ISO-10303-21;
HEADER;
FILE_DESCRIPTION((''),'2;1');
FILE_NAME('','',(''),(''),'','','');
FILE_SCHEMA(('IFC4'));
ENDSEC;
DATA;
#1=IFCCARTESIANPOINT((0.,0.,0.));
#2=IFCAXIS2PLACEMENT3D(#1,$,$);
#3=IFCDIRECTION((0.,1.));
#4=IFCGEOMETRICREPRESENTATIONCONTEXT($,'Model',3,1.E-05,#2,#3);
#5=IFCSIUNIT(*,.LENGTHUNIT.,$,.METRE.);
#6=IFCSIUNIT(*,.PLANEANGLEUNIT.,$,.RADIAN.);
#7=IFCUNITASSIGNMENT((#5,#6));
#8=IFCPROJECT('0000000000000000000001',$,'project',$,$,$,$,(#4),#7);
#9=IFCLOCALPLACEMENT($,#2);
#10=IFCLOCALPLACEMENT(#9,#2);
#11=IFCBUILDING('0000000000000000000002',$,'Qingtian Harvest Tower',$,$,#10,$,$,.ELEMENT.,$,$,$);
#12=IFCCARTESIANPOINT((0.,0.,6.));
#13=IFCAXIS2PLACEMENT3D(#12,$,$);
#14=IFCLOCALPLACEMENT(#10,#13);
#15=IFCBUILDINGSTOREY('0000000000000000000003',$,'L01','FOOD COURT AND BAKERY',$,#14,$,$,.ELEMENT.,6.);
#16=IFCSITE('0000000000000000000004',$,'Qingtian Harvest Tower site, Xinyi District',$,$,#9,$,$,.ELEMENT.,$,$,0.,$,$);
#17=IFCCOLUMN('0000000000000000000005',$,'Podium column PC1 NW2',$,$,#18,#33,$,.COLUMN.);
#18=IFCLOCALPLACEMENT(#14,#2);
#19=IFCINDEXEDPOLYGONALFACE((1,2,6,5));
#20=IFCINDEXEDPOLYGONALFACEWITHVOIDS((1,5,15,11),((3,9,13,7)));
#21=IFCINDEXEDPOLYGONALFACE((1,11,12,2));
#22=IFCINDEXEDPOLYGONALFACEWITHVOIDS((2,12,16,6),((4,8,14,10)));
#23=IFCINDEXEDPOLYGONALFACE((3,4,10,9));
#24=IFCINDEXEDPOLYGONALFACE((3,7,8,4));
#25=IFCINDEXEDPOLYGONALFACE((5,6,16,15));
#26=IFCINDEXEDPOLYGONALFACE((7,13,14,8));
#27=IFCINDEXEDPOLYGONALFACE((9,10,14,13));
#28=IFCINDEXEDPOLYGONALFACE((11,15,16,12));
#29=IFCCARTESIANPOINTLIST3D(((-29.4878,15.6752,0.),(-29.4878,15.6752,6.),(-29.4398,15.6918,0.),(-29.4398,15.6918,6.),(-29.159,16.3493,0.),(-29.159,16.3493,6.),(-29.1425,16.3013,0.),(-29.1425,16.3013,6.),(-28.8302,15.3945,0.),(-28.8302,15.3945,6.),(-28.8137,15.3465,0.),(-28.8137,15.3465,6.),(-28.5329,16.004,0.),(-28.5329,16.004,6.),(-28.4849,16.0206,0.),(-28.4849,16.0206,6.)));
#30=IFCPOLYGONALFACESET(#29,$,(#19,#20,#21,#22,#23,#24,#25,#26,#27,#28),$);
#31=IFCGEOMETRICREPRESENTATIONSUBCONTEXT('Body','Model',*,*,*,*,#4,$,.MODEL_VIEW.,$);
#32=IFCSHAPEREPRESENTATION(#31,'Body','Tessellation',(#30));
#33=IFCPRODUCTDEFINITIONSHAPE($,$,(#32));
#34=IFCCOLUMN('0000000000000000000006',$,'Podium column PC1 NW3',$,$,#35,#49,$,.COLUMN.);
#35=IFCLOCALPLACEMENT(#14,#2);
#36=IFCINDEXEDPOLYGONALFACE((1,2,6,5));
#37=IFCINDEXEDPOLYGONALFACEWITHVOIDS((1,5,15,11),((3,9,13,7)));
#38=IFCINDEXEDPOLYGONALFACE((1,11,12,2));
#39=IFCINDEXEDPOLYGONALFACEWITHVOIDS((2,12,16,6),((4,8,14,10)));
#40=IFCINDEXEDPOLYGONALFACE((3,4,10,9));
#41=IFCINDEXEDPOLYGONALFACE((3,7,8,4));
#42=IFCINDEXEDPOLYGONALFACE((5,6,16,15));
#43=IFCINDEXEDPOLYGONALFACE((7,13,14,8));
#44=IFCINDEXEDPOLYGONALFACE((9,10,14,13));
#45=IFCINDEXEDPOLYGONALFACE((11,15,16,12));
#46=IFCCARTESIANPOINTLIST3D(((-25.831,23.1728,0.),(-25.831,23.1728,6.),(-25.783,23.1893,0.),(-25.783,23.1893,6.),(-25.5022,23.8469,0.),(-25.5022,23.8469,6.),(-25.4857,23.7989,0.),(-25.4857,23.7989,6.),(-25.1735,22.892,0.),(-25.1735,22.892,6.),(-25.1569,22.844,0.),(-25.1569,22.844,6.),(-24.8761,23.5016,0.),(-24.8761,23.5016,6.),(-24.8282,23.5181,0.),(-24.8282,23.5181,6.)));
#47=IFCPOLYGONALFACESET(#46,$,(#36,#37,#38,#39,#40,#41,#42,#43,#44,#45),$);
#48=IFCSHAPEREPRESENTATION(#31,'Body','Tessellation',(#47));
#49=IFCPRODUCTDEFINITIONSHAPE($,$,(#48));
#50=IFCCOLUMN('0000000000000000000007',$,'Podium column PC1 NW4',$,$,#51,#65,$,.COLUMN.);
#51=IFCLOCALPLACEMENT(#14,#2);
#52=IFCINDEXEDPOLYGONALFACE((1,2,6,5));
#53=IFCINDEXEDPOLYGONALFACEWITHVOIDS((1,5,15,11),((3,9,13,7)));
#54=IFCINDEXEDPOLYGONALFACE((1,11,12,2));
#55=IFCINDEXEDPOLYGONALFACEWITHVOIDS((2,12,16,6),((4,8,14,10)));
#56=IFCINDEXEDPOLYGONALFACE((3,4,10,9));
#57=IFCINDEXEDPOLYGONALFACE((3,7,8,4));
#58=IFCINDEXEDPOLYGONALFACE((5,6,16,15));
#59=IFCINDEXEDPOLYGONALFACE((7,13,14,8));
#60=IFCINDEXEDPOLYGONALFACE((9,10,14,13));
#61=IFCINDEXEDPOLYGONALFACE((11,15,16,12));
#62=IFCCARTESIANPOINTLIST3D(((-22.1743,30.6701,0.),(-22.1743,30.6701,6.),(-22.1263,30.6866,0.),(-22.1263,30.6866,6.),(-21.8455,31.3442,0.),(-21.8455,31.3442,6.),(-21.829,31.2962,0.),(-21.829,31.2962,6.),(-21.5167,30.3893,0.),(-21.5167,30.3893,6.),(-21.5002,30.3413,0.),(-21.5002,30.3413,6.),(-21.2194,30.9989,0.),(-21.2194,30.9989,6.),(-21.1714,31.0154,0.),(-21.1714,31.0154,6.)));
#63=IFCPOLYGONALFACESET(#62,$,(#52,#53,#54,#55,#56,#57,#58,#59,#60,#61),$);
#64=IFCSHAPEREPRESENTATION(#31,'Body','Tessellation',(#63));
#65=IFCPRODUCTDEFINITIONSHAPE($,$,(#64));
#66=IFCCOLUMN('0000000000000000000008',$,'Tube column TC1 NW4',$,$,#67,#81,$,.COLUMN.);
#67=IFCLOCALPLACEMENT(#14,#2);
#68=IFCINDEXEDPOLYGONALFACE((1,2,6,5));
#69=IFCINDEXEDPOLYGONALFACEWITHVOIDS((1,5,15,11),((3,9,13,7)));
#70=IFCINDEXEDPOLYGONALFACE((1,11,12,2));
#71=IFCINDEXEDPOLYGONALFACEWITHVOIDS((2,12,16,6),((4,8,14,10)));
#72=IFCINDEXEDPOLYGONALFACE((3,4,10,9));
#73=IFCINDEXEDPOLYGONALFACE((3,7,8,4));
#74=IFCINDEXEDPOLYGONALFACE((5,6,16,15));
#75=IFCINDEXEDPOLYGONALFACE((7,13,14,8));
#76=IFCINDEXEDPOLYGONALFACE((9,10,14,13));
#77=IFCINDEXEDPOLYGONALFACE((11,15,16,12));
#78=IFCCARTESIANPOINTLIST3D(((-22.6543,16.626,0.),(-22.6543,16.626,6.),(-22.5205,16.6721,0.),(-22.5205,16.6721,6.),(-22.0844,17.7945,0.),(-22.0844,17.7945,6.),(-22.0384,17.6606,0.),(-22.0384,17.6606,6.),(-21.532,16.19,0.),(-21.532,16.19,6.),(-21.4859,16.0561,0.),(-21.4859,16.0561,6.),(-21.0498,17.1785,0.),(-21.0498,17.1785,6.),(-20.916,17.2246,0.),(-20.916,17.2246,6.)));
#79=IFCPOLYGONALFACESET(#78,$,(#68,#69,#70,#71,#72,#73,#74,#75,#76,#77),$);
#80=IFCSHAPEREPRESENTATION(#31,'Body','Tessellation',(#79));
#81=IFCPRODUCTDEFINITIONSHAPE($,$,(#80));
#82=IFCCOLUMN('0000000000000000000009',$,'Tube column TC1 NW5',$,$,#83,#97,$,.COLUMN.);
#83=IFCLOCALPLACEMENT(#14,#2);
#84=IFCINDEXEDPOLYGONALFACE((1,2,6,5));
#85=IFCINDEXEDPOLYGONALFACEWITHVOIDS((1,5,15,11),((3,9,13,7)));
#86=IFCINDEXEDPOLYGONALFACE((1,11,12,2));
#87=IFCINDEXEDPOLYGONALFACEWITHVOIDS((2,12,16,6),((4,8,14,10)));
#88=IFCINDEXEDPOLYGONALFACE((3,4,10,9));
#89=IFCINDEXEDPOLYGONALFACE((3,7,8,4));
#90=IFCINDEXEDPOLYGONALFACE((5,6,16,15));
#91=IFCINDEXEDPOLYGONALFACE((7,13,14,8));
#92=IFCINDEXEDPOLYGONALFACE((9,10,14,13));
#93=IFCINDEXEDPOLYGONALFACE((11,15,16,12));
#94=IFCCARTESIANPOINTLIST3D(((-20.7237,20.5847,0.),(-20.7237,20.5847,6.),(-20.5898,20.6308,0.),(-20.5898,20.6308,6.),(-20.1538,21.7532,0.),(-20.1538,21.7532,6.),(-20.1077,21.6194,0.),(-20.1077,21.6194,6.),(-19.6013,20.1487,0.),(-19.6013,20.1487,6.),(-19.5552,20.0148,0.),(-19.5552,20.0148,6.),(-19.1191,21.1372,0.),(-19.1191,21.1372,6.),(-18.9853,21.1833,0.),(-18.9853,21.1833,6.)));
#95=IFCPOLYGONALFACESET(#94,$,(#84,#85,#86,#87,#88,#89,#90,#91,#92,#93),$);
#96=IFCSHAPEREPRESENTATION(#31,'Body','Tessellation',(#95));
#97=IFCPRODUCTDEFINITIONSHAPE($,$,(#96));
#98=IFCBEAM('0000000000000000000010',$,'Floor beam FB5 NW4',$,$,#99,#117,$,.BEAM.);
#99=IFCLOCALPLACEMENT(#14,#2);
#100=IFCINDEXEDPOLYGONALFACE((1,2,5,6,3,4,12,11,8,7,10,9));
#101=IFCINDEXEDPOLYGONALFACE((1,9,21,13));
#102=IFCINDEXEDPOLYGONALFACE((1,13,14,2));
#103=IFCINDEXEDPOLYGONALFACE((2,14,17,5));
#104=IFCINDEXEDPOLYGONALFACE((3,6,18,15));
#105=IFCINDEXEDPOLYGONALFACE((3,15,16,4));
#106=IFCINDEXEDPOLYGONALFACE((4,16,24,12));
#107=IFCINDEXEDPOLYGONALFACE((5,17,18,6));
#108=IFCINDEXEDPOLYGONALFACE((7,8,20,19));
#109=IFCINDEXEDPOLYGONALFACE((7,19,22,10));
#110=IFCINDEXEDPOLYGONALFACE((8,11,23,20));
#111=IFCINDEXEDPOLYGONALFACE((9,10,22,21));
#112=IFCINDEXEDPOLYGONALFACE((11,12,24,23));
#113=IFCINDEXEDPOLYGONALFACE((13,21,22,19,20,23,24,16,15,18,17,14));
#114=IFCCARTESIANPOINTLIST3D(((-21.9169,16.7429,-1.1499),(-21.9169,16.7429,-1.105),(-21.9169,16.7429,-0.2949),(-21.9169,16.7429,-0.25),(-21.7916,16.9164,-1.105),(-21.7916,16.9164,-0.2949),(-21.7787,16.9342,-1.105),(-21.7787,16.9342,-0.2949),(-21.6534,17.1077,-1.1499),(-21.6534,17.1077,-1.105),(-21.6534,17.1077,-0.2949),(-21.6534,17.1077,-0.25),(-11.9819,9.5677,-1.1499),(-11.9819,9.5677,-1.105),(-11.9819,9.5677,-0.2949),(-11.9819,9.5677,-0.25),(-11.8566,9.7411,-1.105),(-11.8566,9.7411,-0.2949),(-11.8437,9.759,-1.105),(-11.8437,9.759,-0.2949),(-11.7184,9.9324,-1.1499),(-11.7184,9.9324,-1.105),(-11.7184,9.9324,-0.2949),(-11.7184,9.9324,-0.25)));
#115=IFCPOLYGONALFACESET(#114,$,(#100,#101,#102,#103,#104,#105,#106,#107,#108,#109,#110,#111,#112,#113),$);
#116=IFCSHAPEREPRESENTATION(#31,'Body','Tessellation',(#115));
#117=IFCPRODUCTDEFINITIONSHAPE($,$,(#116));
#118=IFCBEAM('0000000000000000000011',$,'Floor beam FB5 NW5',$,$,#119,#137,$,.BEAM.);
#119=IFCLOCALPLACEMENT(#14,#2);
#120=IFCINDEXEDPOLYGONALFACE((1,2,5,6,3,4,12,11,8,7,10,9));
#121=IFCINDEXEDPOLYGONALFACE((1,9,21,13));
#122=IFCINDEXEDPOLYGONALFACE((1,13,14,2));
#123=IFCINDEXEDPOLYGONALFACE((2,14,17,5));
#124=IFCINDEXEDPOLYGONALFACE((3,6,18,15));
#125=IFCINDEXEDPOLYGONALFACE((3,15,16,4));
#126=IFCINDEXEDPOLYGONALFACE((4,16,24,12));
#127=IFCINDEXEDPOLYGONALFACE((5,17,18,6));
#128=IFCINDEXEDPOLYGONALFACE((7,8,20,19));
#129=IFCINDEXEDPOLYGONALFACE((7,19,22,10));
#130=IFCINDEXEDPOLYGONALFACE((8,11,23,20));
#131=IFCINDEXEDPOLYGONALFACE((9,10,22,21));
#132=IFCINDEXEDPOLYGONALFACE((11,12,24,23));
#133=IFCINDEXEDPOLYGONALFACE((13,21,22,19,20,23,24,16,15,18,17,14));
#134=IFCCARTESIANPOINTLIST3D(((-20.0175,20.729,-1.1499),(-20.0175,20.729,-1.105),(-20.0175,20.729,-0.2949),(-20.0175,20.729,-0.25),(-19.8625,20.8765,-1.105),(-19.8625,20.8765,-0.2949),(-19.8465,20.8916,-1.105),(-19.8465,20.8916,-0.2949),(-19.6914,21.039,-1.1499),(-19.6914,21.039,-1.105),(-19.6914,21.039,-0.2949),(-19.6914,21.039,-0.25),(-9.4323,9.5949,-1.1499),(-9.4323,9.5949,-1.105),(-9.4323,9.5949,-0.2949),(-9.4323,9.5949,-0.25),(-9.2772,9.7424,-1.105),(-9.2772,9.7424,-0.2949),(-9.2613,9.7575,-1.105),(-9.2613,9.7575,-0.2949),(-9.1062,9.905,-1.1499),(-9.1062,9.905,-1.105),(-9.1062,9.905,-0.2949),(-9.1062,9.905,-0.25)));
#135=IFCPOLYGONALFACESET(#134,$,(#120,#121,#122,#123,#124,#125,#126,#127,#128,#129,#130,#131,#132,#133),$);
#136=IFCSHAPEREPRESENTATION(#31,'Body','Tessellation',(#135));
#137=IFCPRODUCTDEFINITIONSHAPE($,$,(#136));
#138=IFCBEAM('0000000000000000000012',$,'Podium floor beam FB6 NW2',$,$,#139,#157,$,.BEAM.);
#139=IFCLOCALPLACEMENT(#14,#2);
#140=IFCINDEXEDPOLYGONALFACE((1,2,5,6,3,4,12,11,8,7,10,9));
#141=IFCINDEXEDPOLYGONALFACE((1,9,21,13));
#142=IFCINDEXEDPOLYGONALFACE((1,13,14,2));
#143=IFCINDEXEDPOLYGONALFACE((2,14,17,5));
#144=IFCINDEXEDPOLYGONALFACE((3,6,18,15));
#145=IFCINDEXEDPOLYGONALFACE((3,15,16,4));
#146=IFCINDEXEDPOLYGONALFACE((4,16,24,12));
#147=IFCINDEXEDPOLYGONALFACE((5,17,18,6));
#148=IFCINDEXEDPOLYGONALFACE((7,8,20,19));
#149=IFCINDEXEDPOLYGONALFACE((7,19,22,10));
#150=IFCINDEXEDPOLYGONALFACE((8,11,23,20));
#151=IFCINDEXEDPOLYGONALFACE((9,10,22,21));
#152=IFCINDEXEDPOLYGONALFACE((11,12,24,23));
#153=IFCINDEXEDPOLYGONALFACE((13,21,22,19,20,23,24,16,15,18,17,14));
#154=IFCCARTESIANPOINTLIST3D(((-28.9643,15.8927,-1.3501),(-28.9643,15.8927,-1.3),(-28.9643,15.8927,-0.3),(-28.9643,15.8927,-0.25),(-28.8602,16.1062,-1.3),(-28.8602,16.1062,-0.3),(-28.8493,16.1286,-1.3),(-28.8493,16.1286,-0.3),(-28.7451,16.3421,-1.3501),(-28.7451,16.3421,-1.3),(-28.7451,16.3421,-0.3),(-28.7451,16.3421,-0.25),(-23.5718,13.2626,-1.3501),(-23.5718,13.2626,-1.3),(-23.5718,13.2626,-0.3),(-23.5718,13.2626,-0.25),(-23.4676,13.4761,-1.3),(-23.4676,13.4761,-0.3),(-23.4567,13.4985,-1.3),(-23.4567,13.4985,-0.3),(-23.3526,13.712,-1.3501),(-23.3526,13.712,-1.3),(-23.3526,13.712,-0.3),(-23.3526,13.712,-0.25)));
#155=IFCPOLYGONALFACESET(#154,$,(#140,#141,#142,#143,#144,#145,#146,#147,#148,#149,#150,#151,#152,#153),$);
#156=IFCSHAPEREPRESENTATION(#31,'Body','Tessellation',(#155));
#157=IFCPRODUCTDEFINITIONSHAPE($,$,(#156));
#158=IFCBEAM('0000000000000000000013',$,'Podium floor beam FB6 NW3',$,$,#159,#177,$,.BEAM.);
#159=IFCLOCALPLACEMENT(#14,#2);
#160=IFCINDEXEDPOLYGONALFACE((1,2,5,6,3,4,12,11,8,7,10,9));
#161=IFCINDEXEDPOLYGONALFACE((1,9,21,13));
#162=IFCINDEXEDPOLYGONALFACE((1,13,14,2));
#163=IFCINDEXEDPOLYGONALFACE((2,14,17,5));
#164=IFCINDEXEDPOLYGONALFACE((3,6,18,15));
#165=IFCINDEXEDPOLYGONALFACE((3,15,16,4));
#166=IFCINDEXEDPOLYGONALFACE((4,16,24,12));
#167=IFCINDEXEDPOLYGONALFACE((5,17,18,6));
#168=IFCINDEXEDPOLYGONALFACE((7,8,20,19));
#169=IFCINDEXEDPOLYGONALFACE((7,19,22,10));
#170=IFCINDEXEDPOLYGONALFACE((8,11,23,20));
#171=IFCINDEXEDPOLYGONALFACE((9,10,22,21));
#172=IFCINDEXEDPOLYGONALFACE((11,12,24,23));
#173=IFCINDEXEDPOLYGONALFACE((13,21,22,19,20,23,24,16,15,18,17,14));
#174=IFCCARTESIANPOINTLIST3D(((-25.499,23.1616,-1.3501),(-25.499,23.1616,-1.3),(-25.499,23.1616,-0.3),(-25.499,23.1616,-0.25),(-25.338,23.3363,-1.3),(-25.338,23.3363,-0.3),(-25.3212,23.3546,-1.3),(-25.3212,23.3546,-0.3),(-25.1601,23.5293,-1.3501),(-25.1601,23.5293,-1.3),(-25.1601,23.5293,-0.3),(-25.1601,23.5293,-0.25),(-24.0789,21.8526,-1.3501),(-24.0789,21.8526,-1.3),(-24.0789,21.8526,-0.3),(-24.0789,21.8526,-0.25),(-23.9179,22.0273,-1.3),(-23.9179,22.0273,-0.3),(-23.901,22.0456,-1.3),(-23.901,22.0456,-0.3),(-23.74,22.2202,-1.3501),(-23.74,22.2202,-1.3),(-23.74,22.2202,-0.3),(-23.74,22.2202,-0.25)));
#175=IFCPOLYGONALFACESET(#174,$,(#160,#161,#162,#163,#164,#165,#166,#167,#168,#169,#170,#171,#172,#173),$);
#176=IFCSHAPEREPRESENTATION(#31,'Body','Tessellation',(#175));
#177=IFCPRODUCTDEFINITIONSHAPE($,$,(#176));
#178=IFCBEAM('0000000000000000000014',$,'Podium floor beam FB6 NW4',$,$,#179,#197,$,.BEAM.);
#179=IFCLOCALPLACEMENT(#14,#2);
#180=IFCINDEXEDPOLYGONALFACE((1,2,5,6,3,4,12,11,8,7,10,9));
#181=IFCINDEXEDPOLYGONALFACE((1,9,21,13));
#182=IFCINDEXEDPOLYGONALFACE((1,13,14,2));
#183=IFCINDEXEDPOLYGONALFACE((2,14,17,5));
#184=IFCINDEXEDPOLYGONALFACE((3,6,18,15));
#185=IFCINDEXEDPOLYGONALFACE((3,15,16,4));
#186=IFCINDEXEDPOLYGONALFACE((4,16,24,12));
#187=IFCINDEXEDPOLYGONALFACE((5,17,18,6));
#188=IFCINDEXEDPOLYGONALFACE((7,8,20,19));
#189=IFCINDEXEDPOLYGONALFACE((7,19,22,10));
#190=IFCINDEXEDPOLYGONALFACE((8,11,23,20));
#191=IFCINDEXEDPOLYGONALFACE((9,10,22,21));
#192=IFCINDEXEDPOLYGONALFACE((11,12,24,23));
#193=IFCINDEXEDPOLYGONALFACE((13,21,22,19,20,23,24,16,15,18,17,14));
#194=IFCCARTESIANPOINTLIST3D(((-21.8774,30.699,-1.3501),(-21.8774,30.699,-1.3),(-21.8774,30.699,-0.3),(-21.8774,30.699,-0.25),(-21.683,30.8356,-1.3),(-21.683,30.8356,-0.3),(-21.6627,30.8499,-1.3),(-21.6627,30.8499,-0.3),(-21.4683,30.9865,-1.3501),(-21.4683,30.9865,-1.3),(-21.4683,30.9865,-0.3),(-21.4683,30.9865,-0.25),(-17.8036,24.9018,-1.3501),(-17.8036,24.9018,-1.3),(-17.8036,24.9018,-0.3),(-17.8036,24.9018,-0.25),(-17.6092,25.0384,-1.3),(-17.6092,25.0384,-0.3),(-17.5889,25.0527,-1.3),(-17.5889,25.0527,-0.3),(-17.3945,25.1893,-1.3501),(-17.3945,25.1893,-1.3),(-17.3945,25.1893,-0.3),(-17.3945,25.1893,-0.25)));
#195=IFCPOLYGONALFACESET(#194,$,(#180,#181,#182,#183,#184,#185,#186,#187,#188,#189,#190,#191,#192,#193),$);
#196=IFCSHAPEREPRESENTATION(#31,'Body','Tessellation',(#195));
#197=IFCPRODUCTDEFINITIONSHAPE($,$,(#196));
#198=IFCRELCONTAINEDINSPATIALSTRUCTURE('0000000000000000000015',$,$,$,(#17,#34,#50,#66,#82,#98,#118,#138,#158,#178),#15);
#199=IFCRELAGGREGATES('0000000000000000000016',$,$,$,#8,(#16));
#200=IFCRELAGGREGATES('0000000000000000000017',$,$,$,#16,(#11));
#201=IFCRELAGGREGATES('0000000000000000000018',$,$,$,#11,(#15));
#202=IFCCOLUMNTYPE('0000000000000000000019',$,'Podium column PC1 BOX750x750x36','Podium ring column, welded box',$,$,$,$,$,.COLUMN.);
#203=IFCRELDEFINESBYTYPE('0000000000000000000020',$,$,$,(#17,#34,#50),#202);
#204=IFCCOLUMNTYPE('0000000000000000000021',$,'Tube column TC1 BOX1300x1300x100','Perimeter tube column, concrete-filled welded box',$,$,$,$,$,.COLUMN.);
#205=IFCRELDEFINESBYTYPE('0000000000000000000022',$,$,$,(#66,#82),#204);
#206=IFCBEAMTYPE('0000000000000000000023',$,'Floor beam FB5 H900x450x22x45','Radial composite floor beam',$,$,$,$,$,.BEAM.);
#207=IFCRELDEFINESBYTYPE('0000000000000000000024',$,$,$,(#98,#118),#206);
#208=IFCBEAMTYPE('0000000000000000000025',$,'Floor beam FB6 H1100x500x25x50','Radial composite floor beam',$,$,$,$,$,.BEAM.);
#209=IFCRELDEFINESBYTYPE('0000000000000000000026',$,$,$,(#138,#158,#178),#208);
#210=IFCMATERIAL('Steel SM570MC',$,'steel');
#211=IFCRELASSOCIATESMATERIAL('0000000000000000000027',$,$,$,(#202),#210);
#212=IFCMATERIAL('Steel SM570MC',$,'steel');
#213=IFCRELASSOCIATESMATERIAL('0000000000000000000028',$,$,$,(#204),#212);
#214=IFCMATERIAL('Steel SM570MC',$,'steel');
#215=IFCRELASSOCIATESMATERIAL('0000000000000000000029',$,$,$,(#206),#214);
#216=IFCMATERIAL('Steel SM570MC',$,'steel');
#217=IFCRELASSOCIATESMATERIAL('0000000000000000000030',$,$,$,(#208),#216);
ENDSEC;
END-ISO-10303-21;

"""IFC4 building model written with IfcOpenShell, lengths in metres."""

from ifc_helpers import new_model, si_unit, direction, frame, origin, origin_2d, place, context, subcontext, project, spatial, hollow_rectangle, i_section, extrude, material, material_profile, profile_set, type_object, element, save


model = new_model("IFC4")

# Units and contexts
model_context = context("Model", 3, precision=1e-05, world=origin(), true_north=direction((0.0, 1.0)))
body_context = subcontext(model_context, "Body", "Model", "MODEL_VIEW")
ifc_project = project(units=[si_unit("LENGTHUNIT", "METRE"), si_unit("PLANEANGLEUNIT", "RADIAN")], contexts=[model_context])

# Site, building, storey
site_placement = place(None, origin())
site = spatial("IfcSite", under=ifc_project, at=site_placement, Name="Qingtian Harvest Tower site, Xinyi District", CompositionType="ELEMENT", RefElevation=0.0)
building_placement = place(site_placement, origin())
building = spatial("IfcBuilding", under=site, at=building_placement, Name="Qingtian Harvest Tower", CompositionType="ELEMENT")
storey_placement = place(building_placement, frame((0.0, 0.0, 6.0)))
storey = spatial("IfcBuildingStorey", under=building, at=storey_placement, Name="L01", Description="FOOD COURT AND BAKERY", CompositionType="ELEMENT", Elevation=6.0)

# Columns
ifc_material_1 = material(Name="Steel SM570MC", Category="steel")
ifc_material_profile_1 = material_profile(ifc_material_1, hollow_rectangle(XDim=0.75, YDim=0.75, WallThickness=0.0359, at=origin_2d()), Name="BOX750x750x36")
ifc_profile_set_1 = profile_set([ifc_material_profile_1], Name="Steel SM570MC")
column_type_1 = type_object("IfcColumnType", Name="Podium column PC1 BOX750x750x36", Description="Podium ring column, welded box", PredefinedType="COLUMN", material=ifc_profile_set_1)
for number, where, z_axis, x_axis, name in (
    (1, (-28.9863, 15.8479, 0.0), (0.0, 0.0, 1.0), (-0.438371, -0.898794, 0.0), "Podium column PC1 NW2"),
    (2, (-25.3296, 23.3455, 0.0), (0.0, 0.0, 1.0), (-0.438371, -0.898794, 0.0), "Podium column PC1 NW3"),
    (3, (-21.6729, 30.8428, 0.0), (0.0, 0.0, 1.0), (-0.438371, -0.898794, 0.0), "Podium column PC1 NW4"),
):
    element("IfcColumn", number, at=place(storey_placement, frame(where, z_axis=z_axis, x_axis=x_axis)), inside=storey, type_object=column_type_1, Name=name, PredefinedType="COLUMN", context=body_context, shape_type="SweptSolid", body=[
        extrude(hollow_rectangle(XDim=0.75, YDim=0.75, WallThickness=0.0359, at=origin_2d()), origin(), (0.0, 0.0, 1.0), 6.0),
    ])
ifc_material_2 = material(Name="Steel SM570MC", Category="steel")
ifc_material_profile_2 = material_profile(ifc_material_2, hollow_rectangle(XDim=1.3, YDim=1.3, WallThickness=0.1001, at=origin_2d()), Name="BOX1300x1300x100")
ifc_profile_set_2 = profile_set([ifc_material_profile_2], Name="Steel SM570MC")
column_type_2 = type_object("IfcColumnType", Name="Tube column TC1 BOX1300x1300x100", Description="Perimeter tube column, concrete-filled welded box", PredefinedType="COLUMN", material=ifc_profile_set_2)
for number, where, z_axis, x_axis, name in (
    (4, (-21.7852, 16.9253, 0.0), (0.0, 0.0, 1.0), (-0.438371, -0.898794, 0.0), "Tube column TC1 NW4"),
    (5, (-19.8545, 20.884, 0.0), (0.0, 0.0, 1.0), (-0.438371, -0.898794, 0.0), "Tube column TC1 NW5"),
):
    element("IfcColumn", number, at=place(storey_placement, frame(where, z_axis=z_axis, x_axis=x_axis)), inside=storey, type_object=column_type_2, Name=name, PredefinedType="COLUMN", context=body_context, shape_type="SweptSolid", body=[
        extrude(hollow_rectangle(XDim=1.3, YDim=1.3, WallThickness=0.1001, at=origin_2d()), origin(), (0.0, 0.0, 1.0), 6.0),
    ])

# Beams
ifc_material_3 = material(Name="Steel SM570MC", Category="steel")
ifc_material_profile_3 = material_profile(ifc_material_3, i_section(OverallWidth=0.45, OverallDepth=0.8999, WebThickness=0.022, FlangeThickness=0.0449, at=origin_2d()), Name="H900x450x22x45")
ifc_profile_set_3 = profile_set([ifc_material_profile_3], Name="Steel SM570MC")
beam_type_1 = type_object("IfcBeamType", Name="Floor beam FB5 H900x450x22x45", Description="Radial composite floor beam", PredefinedType="BEAM", material=ifc_profile_set_3)
beam_1_placement = place(storey_placement, frame((-21.7852, 16.9253, -0.7), z_axis=(0.81068, -0.585489, 0.0), x_axis=(0.585489, 0.81068, 0.0)))
element("IfcBeam", 6, at=beam_1_placement, inside=storey, type_object=beam_type_1, Name="Floor beam FB5 NW4", PredefinedType="BEAM", context=body_context, shape_type="SweptSolid", body=[
    extrude(i_section(OverallWidth=0.45, OverallDepth=0.8999, WebThickness=0.022, FlangeThickness=0.0449, at=origin_2d()), origin(), (0.0, 0.0, 1.0), 12.2551),
])
beam_2_placement = place(storey_placement, frame((-19.8545, 20.884, -0.7), z_axis=(0.689019, -0.724743, 0.0), x_axis=(0.724743, 0.689019, 0.0)))
element("IfcBeam", 7, at=beam_2_placement, inside=storey, type_object=beam_type_1, Name="Floor beam FB5 NW5", PredefinedType="BEAM", context=body_context, shape_type="SweptSolid", body=[
    extrude(i_section(OverallWidth=0.45, OverallDepth=0.8999, WebThickness=0.022, FlangeThickness=0.0449, at=origin_2d()), origin(), (0.0, 0.0, 1.0), 15.3628),
])
ifc_material_4 = material(Name="Steel SM570MC", Category="steel")
ifc_material_profile_4 = material_profile(ifc_material_4, i_section(OverallWidth=0.5, OverallDepth=1.1001, WebThickness=0.0249, FlangeThickness=0.05, at=origin_2d()), Name="H1100x500x25x50")
ifc_profile_set_4 = profile_set([ifc_material_profile_4], Name="Steel SM570MC")
beam_type_2 = type_object("IfcBeamType", Name="Floor beam FB6 H1100x500x25x50", Description="Radial composite floor beam", PredefinedType="BEAM", material=ifc_profile_set_4)
beam_3_placement = place(storey_placement, frame((-28.8547, 16.1174, -0.8), z_axis=(0.898795, -0.43837, 0.0), x_axis=(0.43837, 0.898795, 0.0)))
element("IfcBeam", 8, at=beam_3_placement, inside=storey, type_object=beam_type_2, Name="Podium floor beam FB6 NW2", PredefinedType="BEAM", context=body_context, shape_type="SweptSolid", body=[
    extrude(i_section(OverallWidth=0.5, OverallDepth=1.1001, WebThickness=0.0249, FlangeThickness=0.05, at=origin_2d()), origin(), (0.0, 0.0, 1.0), 5.9998),
])
beam_4_placement = place(storey_placement, frame((-25.3296, 23.3455, -0.8), z_axis=(0.735278, -0.677765, 0.0), x_axis=(0.677765, 0.735278, 0.0)))
element("IfcBeam", 9, at=beam_4_placement, inside=storey, type_object=beam_type_2, Name="Podium floor beam FB6 NW3", PredefinedType="BEAM", context=body_context, shape_type="SweptSolid", body=[
    extrude(i_section(OverallWidth=0.5, OverallDepth=1.1001, WebThickness=0.0249, FlangeThickness=0.05, at=origin_2d()), origin(), (0.0, 0.0, 1.0), 1.9314),
])
beam_5_placement = place(storey_placement, frame((-21.6729, 30.8428, -0.8), z_axis=(0.574953, -0.818186, 0.0), x_axis=(0.818186, 0.574953, 0.0)))
element("IfcBeam", 10, at=beam_5_placement, inside=storey, type_object=beam_type_2, Name="Podium floor beam FB6 NW4", PredefinedType="BEAM", context=body_context, shape_type="SweptSolid", body=[
    extrude(i_section(OverallWidth=0.5, OverallDepth=1.1001, WebThickness=0.0249, FlangeThickness=0.05, at=origin_2d()), origin(), (0.0, 0.0, 1.0), 7.0854),
])

save(model, "model.ifc")
